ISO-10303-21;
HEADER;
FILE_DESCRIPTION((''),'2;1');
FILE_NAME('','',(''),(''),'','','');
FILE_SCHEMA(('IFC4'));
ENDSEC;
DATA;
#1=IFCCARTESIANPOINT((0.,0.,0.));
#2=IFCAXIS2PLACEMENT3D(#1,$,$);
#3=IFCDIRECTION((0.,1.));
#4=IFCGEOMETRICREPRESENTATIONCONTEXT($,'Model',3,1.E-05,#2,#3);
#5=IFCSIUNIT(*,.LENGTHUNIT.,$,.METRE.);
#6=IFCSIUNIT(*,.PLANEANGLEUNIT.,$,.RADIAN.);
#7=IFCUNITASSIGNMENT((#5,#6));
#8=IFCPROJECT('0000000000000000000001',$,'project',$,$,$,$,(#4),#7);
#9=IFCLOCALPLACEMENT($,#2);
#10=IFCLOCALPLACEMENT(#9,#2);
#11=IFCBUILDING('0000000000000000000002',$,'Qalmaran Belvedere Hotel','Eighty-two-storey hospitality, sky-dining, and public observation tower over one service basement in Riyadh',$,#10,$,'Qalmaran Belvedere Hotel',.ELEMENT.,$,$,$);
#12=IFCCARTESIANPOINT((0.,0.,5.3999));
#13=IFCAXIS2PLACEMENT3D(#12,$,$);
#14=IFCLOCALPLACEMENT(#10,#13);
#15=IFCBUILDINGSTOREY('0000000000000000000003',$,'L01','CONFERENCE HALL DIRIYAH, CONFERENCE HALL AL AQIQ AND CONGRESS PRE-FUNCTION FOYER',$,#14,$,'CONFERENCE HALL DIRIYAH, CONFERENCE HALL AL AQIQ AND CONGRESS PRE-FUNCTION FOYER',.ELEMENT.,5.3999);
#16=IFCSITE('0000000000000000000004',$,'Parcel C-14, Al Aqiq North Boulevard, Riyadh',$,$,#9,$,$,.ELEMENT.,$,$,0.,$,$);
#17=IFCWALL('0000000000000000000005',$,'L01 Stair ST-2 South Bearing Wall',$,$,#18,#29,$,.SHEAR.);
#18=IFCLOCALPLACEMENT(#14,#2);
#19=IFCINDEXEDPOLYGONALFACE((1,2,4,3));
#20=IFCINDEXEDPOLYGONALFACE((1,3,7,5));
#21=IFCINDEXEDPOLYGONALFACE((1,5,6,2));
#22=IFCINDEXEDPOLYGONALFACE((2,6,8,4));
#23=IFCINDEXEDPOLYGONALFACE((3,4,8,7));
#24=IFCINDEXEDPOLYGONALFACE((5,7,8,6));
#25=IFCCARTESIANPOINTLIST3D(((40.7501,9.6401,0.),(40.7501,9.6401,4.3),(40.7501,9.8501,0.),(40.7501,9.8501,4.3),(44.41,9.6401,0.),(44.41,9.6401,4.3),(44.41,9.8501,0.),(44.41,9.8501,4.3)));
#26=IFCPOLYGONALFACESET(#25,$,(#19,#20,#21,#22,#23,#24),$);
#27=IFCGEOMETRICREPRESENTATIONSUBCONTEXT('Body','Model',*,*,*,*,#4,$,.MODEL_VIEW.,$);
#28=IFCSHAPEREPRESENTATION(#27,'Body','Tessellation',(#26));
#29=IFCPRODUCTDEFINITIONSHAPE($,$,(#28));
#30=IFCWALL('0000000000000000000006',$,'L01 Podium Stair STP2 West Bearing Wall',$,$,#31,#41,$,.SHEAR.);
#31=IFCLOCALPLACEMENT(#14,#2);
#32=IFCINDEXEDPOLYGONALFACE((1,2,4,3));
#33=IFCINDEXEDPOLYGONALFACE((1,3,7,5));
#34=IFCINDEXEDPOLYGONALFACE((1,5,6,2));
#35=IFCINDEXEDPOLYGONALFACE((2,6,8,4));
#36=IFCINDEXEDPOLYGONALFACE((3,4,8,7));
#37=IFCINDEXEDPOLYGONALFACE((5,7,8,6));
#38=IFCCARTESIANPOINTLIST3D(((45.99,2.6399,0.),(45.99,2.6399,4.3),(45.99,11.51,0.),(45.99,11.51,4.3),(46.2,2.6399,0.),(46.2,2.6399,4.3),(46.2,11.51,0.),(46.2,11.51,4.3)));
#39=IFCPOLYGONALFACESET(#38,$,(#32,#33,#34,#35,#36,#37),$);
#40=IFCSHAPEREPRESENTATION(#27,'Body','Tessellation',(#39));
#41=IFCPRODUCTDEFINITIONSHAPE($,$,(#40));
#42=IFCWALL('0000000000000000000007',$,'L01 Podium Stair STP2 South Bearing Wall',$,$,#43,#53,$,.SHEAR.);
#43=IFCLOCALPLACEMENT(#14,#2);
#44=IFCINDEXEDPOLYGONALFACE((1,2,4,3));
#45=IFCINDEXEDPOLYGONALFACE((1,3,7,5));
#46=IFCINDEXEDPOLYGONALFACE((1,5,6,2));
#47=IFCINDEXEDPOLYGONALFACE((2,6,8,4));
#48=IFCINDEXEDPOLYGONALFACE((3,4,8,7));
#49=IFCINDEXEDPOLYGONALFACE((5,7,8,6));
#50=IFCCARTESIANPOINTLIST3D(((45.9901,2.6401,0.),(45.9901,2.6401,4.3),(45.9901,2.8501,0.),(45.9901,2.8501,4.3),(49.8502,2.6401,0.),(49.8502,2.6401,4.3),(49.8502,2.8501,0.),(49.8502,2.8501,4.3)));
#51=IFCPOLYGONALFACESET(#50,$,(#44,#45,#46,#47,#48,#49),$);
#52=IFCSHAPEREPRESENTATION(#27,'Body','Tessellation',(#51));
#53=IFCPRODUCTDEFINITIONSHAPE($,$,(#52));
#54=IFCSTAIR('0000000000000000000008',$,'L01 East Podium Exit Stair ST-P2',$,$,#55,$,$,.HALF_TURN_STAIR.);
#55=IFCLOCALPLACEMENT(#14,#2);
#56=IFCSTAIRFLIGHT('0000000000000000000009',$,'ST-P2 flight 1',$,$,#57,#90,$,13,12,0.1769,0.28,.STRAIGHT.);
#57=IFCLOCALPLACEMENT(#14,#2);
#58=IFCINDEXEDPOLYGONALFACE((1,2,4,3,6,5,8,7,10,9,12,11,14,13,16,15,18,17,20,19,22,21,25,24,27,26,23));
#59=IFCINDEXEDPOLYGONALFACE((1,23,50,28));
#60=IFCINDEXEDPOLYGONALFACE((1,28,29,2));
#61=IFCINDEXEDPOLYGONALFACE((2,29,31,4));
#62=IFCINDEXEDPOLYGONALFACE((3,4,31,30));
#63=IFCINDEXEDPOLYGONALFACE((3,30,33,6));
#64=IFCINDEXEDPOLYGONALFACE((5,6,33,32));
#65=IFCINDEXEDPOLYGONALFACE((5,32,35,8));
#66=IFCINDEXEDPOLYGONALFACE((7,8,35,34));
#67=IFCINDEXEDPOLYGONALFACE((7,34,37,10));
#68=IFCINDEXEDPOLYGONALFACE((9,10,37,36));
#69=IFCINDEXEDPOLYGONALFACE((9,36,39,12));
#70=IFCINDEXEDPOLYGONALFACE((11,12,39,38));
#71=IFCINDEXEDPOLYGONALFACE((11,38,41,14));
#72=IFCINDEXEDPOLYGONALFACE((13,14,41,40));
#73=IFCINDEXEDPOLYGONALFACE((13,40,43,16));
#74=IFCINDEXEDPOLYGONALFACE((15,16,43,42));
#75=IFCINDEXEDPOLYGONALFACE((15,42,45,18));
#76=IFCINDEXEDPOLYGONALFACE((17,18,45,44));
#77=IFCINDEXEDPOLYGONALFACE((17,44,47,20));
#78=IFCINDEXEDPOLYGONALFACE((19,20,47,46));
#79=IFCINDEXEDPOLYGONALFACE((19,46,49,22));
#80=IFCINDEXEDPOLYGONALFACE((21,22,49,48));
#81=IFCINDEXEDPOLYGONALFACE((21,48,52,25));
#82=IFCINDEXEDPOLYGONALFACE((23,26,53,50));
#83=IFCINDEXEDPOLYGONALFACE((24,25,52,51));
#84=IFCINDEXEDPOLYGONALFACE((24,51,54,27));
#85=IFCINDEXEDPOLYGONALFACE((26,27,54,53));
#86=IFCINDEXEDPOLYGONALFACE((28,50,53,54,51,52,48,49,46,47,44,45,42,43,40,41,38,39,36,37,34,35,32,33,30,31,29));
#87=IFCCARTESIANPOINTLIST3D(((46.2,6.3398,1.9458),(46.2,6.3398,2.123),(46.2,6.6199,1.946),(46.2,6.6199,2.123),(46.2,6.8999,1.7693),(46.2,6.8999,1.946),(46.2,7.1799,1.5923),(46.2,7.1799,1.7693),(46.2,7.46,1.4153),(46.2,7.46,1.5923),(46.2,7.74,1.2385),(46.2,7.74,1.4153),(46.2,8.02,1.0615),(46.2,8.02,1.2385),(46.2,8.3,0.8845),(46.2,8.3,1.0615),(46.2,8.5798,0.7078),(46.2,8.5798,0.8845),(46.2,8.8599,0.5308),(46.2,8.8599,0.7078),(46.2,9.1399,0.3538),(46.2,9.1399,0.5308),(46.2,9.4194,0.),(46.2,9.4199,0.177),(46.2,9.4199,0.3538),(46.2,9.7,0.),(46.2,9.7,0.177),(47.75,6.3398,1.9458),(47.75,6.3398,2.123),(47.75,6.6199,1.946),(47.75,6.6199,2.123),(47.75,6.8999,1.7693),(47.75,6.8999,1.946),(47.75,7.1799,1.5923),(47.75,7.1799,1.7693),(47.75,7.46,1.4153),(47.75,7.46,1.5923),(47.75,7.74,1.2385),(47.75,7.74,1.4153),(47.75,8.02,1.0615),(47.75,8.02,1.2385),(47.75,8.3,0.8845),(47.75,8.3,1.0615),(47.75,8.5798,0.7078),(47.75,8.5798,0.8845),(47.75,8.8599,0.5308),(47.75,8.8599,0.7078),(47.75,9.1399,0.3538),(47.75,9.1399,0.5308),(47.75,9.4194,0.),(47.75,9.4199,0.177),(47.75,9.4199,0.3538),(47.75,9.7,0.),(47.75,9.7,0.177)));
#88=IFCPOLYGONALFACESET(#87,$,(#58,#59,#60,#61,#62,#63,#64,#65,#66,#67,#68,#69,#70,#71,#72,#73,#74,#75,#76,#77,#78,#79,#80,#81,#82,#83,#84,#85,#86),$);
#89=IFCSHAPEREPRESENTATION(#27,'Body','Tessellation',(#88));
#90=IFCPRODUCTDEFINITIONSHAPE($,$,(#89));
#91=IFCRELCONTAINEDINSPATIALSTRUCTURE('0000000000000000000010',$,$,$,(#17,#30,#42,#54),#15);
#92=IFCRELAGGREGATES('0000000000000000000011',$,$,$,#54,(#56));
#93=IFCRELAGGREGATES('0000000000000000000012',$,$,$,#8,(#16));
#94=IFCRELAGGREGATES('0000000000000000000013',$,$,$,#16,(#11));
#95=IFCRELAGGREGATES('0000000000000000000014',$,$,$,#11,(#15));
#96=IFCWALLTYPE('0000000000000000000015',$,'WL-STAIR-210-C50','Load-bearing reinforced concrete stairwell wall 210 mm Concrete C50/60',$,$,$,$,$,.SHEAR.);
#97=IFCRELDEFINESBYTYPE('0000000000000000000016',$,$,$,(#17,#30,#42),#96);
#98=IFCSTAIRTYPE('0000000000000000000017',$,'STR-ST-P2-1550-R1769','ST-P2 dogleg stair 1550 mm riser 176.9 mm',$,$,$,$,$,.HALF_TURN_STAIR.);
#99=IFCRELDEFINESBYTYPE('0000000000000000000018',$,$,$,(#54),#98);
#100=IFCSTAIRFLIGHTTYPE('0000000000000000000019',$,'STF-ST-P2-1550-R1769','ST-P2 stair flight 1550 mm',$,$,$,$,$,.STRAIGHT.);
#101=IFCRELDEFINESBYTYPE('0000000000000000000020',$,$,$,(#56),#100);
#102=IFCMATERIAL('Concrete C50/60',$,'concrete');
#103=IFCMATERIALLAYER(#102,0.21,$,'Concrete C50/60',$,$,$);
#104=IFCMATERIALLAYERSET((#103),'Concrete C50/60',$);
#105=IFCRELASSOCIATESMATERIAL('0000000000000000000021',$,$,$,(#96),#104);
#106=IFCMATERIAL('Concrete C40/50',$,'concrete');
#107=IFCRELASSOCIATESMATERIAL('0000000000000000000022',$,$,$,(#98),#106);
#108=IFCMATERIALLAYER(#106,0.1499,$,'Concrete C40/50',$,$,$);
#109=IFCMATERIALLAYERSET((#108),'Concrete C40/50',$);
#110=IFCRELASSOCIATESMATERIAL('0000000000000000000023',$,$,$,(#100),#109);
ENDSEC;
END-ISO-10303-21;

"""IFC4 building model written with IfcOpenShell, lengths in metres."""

from ifc_helpers import new_model, si_unit, direction, frame, frame_2d, origin, place, context, subcontext, project, spatial, polyline, rectangle, outline, extrude, material, layer, layer_set, type_object, element, aggregate, save


model = new_model("IFC4")

# Units and contexts
model_context = context("Model", 3, precision=1e-05, world=origin(), true_north=direction((0.0, 1.0)))
body_context = subcontext(model_context, "Body", "Model", "MODEL_VIEW")
ifc_project = project(units=[si_unit("LENGTHUNIT", "METRE"), si_unit("PLANEANGLEUNIT", "RADIAN")], contexts=[model_context])

# Site, building, storey
site_placement = place(None, origin())
site = spatial("IfcSite", under=ifc_project, at=site_placement, Name="Parcel C-14, Al Aqiq North Boulevard, Riyadh", CompositionType="ELEMENT", RefElevation=0.0)
building_placement = place(site_placement, origin())
building = spatial("IfcBuilding", under=site, at=building_placement, Name="Qalmaran Belvedere Hotel", Description="Eighty-two-storey hospitality, sky-dining, and public observation tower over one service basement in Riyadh", LongName="Qalmaran Belvedere Hotel", CompositionType="ELEMENT")
storey_placement = place(building_placement, frame((0.0, 0.0, 5.3999)))
storey = spatial("IfcBuildingStorey", under=building, at=storey_placement, Name="L01", Description="CONFERENCE HALL DIRIYAH, CONFERENCE HALL AL AQIQ AND CONGRESS PRE-FUNCTION FOYER", LongName="CONFERENCE HALL DIRIYAH, CONFERENCE HALL AL AQIQ AND CONGRESS PRE-FUNCTION FOYER", CompositionType="ELEMENT", Elevation=5.3999)

# Walls
ifc_material_1 = material(Name="Concrete C50/60", Category="concrete")
ifc_layer_1 = layer(ifc_material_1, 0.21, Name="Concrete C50/60")
ifc_layer_set_1 = layer_set([ifc_layer_1], Name="Concrete C50/60")
wall_type_1 = type_object("IfcWallType", Name="WL-STAIR-210-C50", Description="Load-bearing reinforced concrete stairwell wall 210 mm Concrete C50/60", PredefinedType="SHEAR", material=ifc_layer_set_1)
wall_1_placement = place(storey_placement, frame((40.75, 9.7451, 0.0), z_axis=(0.0, 0.0, 1.0), x_axis=(1.0, 0.0, 0.0)))
element("IfcWall", 1, at=wall_1_placement, inside=storey, type_object=wall_type_1, Name="L01 Stair ST-2 South Bearing Wall", PredefinedType="SHEAR", context=body_context, shape_type="SweptSolid", body=[
    extrude(rectangle(XDim=3.6599, YDim=0.21, at=frame_2d((1.8301, 0.0))), origin(), (0.0, 0.0, 1.0), 4.3),
])
wall_2_placement = place(storey_placement, frame((46.095, 2.6399, 0.0), z_axis=(0.0, 0.0, 1.0), x_axis=(0.0, 1.0, 0.0)))
element("IfcWall", 2, at=wall_2_placement, inside=storey, type_object=wall_type_1, Name="L01 Podium Stair STP2 West Bearing Wall", PredefinedType="SHEAR", context=body_context, shape_type="SweptSolid", body=[
    extrude(rectangle(XDim=8.8701, YDim=0.21, at=frame_2d((4.4351, 0.0))), origin(), (0.0, 0.0, 1.0), 4.3),
])
wall_3_placement = place(storey_placement, frame((45.99, 2.7451, 0.0), z_axis=(0.0, 0.0, 1.0), x_axis=(1.0, 0.0, 0.0)))
element("IfcWall", 3, at=wall_3_placement, inside=storey, type_object=wall_type_1, Name="L01 Podium Stair STP2 South Bearing Wall", PredefinedType="SHEAR", context=body_context, shape_type="SweptSolid", body=[
    extrude(rectangle(XDim=3.8601, YDim=0.21, at=frame_2d((1.9302, 0.0))), origin(), (0.0, 0.0, 1.0), 4.3),
])

# Stair, stair flight
ifc_material_2 = material(Name="Concrete C40/50", Category="concrete")
stair_type = type_object("IfcStairType", Name="STR-ST-P2-1550-R1769", Description="ST-P2 dogleg stair 1550 mm riser 176.9 mm", PredefinedType="HALF_TURN_STAIR", material=ifc_material_2)
stair_placement = place(storey_placement, origin())
stair = element("IfcStair", 4, at=stair_placement, inside=storey, type_object=stair_type, Name="L01 East Podium Exit Stair ST-P2", PredefinedType="HALF_TURN_STAIR")
ifc_layer_2 = layer(ifc_material_2, 0.1499, Name="Concrete C40/50")
ifc_layer_set_2 = layer_set([ifc_layer_2], Name="Concrete C40/50")
stair_flight_type = type_object("IfcStairFlightType", Name="STF-ST-P2-1550-R1769", Description="ST-P2 stair flight 1550 mm", PredefinedType="STRAIGHT", material=ifc_layer_set_2)
stair_flight_placement = place(storey_placement, frame((46.9751, 9.7, 0.0), z_axis=(0.0, 0.0, 1.0), x_axis=(0.0, -1.0, 0.0)))
stair_flight = element("IfcStairFlight", 5, at=stair_flight_placement, type_object=stair_flight_type, Name="ST-P2 flight 1", NumberOfRisers=13, NumberOfTreads=12, PredefinedType="STRAIGHT", RiserHeight=0.1769, TreadLength=0.28, context=body_context, shape_type="SweptSolid", body=[
    extrude(outline(polyline([(0.0, 0.0), (0.0, 0.177), (0.28, 0.177), (0.28, 0.3538), (0.5601, 0.3538), (0.5601, 0.5308), (0.8401, 0.5308), (0.8401, 0.7078), (1.1201, 0.7078), (1.1201, 0.8845), (1.3999, 0.8845), (1.3999, 1.0615), (1.6799, 1.0615), (1.6799, 1.2385), (1.96, 1.2385), (1.96, 1.4153), (2.24, 1.4153), (2.24, 1.5923), (2.52, 1.5923), (2.52, 1.7693), (2.8, 1.7693), (2.8, 1.946), (3.0801, 1.946), (3.0801, 2.123), (3.3601, 2.123), (3.3601, 2.3), (3.3601, 1.9458), (0.2805, 0.0), (0.0, 0.0)])), frame((0.0, 0.7749, 0.0), z_axis=(0.0, -1.0, 0.0), x_axis=(1.0, 0.0, 0.0)), (0.0, 0.0, 1.0), 1.55),
])
aggregate(stair, [stair_flight])

save(model, "model.ifc")
